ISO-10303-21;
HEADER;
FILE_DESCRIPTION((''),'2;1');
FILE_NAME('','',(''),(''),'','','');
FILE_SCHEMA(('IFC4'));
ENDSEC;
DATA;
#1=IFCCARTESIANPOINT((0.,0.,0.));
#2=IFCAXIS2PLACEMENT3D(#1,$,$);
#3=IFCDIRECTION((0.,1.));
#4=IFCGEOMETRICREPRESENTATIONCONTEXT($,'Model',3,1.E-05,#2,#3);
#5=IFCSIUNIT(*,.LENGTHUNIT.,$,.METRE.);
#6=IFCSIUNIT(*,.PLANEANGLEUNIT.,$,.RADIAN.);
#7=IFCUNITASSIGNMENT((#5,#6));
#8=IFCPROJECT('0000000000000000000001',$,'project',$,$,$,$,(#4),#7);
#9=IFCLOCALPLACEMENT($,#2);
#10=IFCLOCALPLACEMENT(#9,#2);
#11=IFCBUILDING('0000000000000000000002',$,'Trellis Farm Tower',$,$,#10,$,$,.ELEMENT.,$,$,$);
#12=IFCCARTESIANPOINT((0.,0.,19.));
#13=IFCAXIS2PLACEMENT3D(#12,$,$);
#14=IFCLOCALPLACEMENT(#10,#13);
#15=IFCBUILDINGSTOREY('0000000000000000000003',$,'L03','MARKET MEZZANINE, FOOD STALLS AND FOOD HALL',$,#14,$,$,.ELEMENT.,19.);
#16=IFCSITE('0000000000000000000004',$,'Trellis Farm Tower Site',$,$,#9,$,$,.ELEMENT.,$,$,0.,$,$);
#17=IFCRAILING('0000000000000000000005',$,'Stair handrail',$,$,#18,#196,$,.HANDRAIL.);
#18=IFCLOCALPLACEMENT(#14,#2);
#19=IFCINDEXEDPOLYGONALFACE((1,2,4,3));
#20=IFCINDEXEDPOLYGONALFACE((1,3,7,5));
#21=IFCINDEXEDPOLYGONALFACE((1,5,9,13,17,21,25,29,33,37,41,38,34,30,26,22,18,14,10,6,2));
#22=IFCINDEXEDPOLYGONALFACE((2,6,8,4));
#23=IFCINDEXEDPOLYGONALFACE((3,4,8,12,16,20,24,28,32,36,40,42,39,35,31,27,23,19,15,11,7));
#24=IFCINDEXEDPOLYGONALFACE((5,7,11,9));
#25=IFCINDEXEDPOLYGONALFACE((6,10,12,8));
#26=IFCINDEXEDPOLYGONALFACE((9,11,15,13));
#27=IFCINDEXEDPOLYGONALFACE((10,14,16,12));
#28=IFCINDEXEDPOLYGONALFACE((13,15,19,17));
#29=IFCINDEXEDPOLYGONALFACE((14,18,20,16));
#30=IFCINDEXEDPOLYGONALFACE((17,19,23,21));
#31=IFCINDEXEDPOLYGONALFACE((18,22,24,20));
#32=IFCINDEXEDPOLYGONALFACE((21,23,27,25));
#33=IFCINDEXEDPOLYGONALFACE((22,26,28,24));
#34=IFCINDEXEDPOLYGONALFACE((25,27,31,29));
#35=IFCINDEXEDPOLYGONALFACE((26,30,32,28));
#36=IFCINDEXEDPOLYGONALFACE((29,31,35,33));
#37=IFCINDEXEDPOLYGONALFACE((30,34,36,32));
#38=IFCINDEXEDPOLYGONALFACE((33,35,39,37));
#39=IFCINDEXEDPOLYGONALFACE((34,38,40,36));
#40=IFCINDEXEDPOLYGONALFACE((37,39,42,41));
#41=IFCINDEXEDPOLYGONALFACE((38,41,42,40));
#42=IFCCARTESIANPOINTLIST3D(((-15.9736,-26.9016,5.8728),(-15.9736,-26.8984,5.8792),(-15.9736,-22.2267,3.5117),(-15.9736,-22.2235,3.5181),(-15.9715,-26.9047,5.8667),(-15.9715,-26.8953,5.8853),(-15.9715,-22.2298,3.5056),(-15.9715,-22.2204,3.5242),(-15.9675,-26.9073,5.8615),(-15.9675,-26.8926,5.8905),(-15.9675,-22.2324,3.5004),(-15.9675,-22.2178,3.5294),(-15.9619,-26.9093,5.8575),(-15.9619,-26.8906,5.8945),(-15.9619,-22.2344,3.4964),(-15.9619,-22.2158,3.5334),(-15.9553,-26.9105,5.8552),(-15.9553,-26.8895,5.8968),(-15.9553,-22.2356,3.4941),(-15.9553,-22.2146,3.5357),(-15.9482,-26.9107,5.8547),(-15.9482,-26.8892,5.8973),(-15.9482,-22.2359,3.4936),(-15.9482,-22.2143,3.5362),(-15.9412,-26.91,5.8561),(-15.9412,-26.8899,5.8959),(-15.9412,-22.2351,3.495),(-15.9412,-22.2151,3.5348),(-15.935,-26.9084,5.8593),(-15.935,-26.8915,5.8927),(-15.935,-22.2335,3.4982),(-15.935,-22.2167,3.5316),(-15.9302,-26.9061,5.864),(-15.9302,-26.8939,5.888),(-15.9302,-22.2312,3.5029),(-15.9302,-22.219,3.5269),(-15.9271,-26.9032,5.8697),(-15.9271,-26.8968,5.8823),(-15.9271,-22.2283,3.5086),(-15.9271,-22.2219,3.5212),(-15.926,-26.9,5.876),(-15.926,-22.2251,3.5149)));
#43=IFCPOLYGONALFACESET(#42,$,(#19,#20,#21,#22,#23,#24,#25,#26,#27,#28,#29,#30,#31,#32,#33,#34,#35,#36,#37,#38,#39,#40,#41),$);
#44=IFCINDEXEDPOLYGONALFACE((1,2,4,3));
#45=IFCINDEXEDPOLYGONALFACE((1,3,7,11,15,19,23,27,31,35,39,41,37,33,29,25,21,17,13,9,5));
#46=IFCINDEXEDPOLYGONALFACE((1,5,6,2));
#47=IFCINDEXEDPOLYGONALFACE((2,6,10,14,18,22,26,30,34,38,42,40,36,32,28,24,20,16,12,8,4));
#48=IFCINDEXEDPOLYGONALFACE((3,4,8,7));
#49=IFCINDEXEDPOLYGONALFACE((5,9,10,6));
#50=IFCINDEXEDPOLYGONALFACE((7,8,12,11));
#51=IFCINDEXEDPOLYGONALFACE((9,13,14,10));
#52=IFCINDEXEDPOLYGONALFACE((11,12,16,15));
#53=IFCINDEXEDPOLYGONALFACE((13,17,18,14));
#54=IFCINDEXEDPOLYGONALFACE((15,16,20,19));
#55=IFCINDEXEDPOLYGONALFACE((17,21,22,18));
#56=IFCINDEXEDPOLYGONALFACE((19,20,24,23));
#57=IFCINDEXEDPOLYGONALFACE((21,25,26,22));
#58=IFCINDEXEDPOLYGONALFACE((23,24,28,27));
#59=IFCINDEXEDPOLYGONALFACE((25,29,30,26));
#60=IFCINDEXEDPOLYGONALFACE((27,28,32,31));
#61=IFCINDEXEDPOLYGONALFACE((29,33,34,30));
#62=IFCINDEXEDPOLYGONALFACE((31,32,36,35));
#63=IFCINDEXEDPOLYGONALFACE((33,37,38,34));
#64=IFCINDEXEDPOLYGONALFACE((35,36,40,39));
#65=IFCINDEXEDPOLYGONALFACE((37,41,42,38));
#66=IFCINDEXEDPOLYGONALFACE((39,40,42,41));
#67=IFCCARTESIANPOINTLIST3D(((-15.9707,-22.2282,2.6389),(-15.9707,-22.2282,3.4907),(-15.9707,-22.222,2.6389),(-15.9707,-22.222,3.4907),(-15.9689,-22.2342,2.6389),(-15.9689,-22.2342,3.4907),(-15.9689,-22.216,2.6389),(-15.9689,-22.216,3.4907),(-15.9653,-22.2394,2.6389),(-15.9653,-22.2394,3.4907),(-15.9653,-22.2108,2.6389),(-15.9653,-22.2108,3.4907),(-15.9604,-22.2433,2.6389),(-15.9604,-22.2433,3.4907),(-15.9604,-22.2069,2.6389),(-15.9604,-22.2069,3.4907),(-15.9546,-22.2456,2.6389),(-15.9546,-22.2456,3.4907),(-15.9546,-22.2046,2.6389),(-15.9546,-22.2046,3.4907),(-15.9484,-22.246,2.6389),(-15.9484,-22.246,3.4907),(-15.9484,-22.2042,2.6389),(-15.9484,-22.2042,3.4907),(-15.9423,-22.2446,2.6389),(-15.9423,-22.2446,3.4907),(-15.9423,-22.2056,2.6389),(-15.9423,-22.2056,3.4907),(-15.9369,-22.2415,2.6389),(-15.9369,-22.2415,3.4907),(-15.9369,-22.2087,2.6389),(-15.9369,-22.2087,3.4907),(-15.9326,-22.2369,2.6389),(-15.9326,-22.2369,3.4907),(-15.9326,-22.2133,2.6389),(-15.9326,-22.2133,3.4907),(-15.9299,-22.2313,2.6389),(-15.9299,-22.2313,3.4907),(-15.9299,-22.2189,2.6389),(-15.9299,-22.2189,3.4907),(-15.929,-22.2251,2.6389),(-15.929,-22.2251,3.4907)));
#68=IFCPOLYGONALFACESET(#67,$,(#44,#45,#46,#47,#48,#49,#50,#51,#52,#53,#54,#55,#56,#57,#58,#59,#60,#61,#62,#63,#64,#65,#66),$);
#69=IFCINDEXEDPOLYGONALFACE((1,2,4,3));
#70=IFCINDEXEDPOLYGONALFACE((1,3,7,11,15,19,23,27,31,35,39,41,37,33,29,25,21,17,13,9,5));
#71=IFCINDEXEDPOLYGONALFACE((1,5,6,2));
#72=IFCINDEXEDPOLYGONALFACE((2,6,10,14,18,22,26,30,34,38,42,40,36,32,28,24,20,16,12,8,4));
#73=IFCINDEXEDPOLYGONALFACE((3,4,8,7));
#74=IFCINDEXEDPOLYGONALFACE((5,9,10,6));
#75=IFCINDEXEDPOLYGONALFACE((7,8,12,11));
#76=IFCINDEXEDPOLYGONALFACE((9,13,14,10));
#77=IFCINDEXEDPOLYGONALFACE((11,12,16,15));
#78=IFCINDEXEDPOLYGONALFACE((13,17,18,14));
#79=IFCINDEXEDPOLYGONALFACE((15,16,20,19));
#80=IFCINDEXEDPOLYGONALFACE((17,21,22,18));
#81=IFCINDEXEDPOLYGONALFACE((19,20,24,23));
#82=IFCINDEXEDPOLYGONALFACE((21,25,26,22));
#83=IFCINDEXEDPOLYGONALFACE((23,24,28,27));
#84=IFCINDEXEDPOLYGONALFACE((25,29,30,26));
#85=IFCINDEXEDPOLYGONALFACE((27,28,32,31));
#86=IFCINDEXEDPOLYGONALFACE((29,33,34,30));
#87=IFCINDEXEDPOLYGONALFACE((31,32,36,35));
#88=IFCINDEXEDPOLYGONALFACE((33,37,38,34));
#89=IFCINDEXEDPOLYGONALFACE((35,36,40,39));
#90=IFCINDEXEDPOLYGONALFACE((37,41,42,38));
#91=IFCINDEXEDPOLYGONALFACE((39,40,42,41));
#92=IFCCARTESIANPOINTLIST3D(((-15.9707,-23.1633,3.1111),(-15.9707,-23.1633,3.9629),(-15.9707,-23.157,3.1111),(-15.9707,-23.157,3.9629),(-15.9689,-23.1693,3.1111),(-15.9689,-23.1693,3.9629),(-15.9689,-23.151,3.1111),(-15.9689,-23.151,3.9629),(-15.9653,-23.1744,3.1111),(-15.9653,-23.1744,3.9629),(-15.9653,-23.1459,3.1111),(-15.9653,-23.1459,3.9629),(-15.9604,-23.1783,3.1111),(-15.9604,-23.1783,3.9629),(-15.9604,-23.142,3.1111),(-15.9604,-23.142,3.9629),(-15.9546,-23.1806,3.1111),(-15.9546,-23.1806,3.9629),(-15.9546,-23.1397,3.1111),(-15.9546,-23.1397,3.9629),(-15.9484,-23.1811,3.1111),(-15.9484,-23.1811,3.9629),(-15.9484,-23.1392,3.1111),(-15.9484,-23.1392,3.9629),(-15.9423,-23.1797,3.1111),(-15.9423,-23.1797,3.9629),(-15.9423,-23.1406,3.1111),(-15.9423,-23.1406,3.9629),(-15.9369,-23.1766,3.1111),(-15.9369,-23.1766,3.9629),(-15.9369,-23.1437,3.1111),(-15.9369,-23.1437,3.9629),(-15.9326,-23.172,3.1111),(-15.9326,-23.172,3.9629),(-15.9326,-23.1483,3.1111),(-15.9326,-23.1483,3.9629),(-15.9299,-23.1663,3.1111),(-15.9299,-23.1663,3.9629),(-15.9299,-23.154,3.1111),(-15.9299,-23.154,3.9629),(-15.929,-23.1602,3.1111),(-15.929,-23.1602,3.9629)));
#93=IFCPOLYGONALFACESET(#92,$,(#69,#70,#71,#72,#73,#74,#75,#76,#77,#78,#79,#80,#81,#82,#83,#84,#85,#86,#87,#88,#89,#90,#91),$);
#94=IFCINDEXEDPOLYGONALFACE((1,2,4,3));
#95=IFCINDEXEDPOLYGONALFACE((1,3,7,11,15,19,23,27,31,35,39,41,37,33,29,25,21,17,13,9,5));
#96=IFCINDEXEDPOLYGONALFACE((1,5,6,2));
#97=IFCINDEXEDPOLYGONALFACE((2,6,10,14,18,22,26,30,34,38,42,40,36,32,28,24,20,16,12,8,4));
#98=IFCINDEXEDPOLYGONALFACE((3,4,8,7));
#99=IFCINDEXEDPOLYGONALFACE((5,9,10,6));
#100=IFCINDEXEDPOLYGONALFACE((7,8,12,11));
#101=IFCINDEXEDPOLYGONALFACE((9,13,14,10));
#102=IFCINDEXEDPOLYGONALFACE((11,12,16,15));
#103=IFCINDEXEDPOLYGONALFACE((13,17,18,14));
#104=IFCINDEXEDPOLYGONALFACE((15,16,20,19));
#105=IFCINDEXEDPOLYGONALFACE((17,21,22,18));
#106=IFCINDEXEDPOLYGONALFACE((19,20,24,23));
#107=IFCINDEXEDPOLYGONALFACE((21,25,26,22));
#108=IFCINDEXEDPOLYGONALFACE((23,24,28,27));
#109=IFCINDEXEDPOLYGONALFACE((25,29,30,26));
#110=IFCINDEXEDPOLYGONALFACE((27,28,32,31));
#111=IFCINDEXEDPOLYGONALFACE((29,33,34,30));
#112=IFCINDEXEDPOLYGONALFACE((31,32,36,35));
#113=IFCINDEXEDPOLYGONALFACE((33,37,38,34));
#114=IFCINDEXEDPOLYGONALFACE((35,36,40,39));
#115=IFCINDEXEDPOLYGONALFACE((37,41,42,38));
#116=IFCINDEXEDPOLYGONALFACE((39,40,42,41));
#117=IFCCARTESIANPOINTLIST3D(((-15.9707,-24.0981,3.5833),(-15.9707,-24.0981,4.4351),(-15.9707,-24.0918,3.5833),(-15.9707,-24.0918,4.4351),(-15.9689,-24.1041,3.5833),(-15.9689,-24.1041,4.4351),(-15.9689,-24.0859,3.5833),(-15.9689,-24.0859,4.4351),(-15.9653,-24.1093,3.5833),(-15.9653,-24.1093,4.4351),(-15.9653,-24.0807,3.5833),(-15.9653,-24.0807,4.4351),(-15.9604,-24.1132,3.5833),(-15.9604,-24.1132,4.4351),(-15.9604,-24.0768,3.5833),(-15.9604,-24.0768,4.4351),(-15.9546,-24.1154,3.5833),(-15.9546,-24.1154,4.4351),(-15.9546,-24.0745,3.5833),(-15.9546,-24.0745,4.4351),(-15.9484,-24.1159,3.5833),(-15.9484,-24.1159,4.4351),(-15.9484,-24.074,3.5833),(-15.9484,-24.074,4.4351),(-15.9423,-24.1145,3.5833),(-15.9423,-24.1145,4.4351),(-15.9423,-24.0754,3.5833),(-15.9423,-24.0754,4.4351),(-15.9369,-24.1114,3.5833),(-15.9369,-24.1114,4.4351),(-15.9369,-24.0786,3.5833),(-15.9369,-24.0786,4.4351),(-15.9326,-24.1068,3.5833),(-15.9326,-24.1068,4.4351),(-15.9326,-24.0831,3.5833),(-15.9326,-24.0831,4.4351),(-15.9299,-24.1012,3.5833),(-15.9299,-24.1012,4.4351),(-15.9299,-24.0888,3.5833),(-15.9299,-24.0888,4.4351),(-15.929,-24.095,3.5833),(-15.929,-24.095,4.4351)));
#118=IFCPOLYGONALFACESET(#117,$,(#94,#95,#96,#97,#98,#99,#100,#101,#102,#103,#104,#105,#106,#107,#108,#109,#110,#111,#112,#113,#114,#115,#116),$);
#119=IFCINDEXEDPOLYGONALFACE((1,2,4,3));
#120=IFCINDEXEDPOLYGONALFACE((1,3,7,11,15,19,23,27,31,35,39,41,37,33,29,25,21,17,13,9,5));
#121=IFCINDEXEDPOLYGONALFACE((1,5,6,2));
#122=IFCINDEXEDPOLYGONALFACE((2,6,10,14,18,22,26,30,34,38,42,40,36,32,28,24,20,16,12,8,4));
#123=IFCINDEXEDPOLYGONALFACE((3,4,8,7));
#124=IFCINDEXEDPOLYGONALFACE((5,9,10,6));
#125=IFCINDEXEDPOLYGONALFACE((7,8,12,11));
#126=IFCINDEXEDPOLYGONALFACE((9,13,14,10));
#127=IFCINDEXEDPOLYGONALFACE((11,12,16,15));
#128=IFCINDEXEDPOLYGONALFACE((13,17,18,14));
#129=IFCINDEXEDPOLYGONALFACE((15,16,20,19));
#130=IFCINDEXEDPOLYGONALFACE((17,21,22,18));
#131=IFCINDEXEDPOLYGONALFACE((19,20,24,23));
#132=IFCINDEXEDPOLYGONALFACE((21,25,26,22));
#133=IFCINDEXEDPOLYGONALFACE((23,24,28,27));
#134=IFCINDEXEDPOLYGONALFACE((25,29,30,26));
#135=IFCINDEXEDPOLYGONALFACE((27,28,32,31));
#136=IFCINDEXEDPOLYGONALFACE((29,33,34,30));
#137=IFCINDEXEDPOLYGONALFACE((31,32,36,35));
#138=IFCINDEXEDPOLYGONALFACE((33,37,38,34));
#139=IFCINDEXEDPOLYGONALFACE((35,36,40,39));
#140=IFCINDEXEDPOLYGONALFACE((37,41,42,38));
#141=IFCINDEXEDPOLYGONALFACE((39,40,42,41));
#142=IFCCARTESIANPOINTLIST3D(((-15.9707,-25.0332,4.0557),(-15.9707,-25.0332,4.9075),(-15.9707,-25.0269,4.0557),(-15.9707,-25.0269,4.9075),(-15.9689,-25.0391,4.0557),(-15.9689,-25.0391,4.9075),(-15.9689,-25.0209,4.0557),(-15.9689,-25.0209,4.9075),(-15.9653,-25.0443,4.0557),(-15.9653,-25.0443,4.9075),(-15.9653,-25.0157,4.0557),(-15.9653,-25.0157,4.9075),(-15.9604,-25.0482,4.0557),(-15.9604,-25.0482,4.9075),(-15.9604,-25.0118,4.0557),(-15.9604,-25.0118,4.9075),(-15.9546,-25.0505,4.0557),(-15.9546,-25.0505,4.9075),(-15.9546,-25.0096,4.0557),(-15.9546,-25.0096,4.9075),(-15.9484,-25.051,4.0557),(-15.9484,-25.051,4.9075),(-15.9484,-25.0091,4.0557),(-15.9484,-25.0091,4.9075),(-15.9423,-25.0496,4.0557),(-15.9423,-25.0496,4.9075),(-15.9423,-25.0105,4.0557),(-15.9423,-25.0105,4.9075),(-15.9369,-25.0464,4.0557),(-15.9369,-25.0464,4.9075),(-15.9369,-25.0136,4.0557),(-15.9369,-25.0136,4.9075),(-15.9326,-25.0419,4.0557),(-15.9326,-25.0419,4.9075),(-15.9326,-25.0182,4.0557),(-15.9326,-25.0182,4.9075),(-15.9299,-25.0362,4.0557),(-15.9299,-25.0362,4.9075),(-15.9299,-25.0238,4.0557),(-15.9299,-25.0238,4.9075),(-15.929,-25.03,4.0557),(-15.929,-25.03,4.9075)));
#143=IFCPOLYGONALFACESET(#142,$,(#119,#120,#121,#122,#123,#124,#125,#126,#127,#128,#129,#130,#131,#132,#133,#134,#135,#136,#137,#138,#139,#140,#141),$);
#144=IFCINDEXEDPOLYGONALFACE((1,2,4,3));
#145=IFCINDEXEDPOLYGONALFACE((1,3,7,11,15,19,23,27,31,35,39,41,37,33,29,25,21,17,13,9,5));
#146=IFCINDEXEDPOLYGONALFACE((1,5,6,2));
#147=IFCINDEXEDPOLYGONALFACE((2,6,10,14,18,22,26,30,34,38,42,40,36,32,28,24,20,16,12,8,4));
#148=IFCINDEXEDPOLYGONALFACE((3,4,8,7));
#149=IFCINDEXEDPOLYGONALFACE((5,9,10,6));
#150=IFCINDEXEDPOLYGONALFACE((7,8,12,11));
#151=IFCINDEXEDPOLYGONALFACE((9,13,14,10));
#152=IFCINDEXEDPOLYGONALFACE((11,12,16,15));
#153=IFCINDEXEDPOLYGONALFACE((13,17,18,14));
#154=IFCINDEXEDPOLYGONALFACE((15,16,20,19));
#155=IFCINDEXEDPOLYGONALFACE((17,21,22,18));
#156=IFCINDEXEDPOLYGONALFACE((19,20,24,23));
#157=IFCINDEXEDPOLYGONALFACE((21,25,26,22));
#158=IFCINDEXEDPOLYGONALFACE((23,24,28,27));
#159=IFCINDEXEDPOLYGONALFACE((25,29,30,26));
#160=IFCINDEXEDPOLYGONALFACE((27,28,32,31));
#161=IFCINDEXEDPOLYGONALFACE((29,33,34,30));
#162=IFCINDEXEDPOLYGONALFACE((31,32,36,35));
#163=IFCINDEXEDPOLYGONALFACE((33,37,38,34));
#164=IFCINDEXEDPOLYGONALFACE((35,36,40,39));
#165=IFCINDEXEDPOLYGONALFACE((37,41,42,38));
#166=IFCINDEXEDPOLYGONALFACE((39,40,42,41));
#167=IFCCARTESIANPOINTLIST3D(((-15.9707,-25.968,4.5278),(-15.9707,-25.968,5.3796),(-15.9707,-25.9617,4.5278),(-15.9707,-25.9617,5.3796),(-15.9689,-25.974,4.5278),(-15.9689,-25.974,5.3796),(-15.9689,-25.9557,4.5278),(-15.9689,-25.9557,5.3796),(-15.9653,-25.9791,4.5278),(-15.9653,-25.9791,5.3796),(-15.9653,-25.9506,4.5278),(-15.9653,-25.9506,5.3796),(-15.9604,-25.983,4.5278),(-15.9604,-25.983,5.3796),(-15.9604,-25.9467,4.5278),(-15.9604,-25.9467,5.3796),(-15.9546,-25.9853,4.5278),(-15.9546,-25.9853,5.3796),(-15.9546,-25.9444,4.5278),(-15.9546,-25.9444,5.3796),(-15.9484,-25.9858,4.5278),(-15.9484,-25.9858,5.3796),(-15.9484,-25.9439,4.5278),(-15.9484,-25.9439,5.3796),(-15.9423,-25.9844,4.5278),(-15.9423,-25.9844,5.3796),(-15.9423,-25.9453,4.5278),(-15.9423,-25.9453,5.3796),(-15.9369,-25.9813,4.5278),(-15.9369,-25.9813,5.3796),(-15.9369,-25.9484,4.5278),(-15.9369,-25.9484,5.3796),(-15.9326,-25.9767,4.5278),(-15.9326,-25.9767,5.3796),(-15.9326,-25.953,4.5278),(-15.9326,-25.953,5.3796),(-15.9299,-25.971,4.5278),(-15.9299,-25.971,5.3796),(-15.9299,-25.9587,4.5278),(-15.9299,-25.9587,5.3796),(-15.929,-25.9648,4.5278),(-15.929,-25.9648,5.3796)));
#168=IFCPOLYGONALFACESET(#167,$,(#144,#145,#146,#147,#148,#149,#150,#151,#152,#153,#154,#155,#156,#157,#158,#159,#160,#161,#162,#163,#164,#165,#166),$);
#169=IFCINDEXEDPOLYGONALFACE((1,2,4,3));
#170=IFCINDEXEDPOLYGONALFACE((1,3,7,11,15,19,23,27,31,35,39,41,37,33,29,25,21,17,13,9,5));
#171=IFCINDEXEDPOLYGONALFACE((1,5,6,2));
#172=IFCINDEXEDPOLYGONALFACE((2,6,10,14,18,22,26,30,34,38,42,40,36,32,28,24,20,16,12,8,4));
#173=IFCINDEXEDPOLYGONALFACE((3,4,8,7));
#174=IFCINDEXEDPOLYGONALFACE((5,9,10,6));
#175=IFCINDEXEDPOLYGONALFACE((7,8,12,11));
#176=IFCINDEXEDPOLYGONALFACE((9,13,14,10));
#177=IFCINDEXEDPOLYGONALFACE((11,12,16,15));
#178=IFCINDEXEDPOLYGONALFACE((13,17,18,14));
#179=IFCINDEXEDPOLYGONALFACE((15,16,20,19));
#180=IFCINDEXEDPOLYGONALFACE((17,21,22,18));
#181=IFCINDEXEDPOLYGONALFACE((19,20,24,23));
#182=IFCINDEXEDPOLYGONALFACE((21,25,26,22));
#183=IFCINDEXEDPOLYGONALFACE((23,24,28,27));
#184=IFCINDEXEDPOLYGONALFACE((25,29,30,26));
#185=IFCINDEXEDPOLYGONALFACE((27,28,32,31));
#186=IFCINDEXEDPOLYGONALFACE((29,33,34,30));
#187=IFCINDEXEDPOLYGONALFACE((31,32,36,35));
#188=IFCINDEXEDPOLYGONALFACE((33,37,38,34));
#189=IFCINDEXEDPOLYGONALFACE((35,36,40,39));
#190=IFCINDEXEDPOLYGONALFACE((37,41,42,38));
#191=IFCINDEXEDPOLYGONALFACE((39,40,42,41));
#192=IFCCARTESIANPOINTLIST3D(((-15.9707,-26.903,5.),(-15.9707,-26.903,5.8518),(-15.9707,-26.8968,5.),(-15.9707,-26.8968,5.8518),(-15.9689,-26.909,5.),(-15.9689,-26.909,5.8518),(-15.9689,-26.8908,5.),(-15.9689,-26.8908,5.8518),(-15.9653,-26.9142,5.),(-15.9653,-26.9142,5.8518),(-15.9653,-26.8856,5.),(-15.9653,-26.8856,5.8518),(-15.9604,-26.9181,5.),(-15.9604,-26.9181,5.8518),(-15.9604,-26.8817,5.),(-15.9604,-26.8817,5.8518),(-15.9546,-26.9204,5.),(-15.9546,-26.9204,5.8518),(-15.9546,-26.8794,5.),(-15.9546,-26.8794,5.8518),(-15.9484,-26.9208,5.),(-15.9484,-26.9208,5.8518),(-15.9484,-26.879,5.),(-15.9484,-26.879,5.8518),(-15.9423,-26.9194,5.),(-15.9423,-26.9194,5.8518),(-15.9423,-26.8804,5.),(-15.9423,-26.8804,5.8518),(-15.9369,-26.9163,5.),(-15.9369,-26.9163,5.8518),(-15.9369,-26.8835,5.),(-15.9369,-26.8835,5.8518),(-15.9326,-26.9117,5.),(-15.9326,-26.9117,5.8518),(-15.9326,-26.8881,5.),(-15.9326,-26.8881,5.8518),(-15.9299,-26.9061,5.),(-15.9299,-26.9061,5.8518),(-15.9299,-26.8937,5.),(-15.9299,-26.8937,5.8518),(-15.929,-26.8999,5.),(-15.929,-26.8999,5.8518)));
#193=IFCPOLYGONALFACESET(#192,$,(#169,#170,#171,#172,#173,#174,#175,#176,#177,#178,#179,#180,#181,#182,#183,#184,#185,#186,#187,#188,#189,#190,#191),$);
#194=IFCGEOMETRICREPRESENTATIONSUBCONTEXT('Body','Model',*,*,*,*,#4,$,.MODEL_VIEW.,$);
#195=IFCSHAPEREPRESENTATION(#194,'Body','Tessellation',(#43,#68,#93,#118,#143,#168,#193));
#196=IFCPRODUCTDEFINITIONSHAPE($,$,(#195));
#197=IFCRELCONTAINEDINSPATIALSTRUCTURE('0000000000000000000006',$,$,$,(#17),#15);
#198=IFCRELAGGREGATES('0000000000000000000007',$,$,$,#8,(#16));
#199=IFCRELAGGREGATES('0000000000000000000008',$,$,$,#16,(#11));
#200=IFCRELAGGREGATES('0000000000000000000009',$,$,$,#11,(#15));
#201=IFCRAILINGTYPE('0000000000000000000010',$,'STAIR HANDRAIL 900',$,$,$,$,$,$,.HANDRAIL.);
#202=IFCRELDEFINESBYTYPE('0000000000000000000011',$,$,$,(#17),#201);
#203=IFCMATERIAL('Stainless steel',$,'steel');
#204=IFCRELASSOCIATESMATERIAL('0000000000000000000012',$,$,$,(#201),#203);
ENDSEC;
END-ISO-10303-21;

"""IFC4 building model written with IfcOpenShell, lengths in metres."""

from ifc_helpers import new_model, si_unit, direction, frame, origin, origin_2d, place, context, subcontext, project, spatial, circle, extrude, source, transform, mapped, material, type_object, element, save


model = new_model("IFC4")

# Units and contexts
model_context = context("Model", 3, precision=1e-05, world=origin(), true_north=direction((0.0, 1.0)))
body_context = subcontext(model_context, "Body", "Model", "MODEL_VIEW")
ifc_project = project(units=[si_unit("LENGTHUNIT", "METRE"), si_unit("PLANEANGLEUNIT", "RADIAN")], contexts=[model_context])

# Site, building, storey
site_placement = place(None, origin())
site = spatial("IfcSite", under=ifc_project, at=site_placement, Name="Trellis Farm Tower Site", CompositionType="ELEMENT", RefElevation=0.0)
building_placement = place(site_placement, origin())
building = spatial("IfcBuilding", under=site, at=building_placement, Name="Trellis Farm Tower", CompositionType="ELEMENT")
storey_placement = place(building_placement, frame((0.0, 0.0, 19.0)))
storey = spatial("IfcBuildingStorey", under=building, at=storey_placement, Name="L03", Description="MARKET MEZZANINE, FOOD STALLS AND FOOD HALL", CompositionType="ELEMENT", Elevation=19.0)

# Railing
ifc_material_1 = material(Name="Stainless steel", Category="steel")
railing_type = type_object("IfcRailingType", Name="STAIR HANDRAIL 900", PredefinedType="HANDRAIL", material=ifc_material_1)
shared_shape_1 = source(origin(), body_context, "Body", "SweptSolid", [
    extrude(circle(Radius=0.0239, at=origin_2d()), frame((0.0, 0.0, 0.876), z_axis=(0.0, -0.892611, 0.450827), x_axis=(1.0, 0.0, 0.0)), (0.0, 0.0, 1.0), 5.2373),
    extrude(circle(Radius=0.021, at=origin_2d()), origin(), (0.0, 0.0, 1.0), 0.8518),
    extrude(circle(Radius=0.021, at=origin_2d()), frame((0.0, -0.9351, 0.4722)), (0.0, 0.0, 1.0), 0.8518),
    extrude(circle(Radius=0.021, at=origin_2d()), frame((0.0, -1.8699, 0.9443)), (0.0, 0.0, 1.0), 0.8518),
    extrude(circle(Radius=0.021, at=origin_2d()), frame((0.0, -2.8049, 1.4167)), (0.0, 0.0, 1.0), 0.8518),
    extrude(circle(Radius=0.021, at=origin_2d()), frame((0.0, -3.7397, 1.8889)), (0.0, 0.0, 1.0), 0.8518),
    extrude(circle(Radius=0.021, at=origin_2d()), frame((0.0, -4.6748, 2.3611)), (0.0, 0.0, 1.0), 0.8518),
])
for number, where, name in (
    (1, (-15.95, -22.2251, 2.6389), "Stair handrail"),
):
    element("IfcRailing", number, at=place(storey_placement, frame(where)), inside=storey, type_object=railing_type, Name=name, PredefinedType="HANDRAIL", context=body_context, shape_type="MappedRepresentation", body=[
        mapped(shared_shape_1, transform((0.0, 0.0, 0.0))),
    ])

save(model, "model.ifc")
